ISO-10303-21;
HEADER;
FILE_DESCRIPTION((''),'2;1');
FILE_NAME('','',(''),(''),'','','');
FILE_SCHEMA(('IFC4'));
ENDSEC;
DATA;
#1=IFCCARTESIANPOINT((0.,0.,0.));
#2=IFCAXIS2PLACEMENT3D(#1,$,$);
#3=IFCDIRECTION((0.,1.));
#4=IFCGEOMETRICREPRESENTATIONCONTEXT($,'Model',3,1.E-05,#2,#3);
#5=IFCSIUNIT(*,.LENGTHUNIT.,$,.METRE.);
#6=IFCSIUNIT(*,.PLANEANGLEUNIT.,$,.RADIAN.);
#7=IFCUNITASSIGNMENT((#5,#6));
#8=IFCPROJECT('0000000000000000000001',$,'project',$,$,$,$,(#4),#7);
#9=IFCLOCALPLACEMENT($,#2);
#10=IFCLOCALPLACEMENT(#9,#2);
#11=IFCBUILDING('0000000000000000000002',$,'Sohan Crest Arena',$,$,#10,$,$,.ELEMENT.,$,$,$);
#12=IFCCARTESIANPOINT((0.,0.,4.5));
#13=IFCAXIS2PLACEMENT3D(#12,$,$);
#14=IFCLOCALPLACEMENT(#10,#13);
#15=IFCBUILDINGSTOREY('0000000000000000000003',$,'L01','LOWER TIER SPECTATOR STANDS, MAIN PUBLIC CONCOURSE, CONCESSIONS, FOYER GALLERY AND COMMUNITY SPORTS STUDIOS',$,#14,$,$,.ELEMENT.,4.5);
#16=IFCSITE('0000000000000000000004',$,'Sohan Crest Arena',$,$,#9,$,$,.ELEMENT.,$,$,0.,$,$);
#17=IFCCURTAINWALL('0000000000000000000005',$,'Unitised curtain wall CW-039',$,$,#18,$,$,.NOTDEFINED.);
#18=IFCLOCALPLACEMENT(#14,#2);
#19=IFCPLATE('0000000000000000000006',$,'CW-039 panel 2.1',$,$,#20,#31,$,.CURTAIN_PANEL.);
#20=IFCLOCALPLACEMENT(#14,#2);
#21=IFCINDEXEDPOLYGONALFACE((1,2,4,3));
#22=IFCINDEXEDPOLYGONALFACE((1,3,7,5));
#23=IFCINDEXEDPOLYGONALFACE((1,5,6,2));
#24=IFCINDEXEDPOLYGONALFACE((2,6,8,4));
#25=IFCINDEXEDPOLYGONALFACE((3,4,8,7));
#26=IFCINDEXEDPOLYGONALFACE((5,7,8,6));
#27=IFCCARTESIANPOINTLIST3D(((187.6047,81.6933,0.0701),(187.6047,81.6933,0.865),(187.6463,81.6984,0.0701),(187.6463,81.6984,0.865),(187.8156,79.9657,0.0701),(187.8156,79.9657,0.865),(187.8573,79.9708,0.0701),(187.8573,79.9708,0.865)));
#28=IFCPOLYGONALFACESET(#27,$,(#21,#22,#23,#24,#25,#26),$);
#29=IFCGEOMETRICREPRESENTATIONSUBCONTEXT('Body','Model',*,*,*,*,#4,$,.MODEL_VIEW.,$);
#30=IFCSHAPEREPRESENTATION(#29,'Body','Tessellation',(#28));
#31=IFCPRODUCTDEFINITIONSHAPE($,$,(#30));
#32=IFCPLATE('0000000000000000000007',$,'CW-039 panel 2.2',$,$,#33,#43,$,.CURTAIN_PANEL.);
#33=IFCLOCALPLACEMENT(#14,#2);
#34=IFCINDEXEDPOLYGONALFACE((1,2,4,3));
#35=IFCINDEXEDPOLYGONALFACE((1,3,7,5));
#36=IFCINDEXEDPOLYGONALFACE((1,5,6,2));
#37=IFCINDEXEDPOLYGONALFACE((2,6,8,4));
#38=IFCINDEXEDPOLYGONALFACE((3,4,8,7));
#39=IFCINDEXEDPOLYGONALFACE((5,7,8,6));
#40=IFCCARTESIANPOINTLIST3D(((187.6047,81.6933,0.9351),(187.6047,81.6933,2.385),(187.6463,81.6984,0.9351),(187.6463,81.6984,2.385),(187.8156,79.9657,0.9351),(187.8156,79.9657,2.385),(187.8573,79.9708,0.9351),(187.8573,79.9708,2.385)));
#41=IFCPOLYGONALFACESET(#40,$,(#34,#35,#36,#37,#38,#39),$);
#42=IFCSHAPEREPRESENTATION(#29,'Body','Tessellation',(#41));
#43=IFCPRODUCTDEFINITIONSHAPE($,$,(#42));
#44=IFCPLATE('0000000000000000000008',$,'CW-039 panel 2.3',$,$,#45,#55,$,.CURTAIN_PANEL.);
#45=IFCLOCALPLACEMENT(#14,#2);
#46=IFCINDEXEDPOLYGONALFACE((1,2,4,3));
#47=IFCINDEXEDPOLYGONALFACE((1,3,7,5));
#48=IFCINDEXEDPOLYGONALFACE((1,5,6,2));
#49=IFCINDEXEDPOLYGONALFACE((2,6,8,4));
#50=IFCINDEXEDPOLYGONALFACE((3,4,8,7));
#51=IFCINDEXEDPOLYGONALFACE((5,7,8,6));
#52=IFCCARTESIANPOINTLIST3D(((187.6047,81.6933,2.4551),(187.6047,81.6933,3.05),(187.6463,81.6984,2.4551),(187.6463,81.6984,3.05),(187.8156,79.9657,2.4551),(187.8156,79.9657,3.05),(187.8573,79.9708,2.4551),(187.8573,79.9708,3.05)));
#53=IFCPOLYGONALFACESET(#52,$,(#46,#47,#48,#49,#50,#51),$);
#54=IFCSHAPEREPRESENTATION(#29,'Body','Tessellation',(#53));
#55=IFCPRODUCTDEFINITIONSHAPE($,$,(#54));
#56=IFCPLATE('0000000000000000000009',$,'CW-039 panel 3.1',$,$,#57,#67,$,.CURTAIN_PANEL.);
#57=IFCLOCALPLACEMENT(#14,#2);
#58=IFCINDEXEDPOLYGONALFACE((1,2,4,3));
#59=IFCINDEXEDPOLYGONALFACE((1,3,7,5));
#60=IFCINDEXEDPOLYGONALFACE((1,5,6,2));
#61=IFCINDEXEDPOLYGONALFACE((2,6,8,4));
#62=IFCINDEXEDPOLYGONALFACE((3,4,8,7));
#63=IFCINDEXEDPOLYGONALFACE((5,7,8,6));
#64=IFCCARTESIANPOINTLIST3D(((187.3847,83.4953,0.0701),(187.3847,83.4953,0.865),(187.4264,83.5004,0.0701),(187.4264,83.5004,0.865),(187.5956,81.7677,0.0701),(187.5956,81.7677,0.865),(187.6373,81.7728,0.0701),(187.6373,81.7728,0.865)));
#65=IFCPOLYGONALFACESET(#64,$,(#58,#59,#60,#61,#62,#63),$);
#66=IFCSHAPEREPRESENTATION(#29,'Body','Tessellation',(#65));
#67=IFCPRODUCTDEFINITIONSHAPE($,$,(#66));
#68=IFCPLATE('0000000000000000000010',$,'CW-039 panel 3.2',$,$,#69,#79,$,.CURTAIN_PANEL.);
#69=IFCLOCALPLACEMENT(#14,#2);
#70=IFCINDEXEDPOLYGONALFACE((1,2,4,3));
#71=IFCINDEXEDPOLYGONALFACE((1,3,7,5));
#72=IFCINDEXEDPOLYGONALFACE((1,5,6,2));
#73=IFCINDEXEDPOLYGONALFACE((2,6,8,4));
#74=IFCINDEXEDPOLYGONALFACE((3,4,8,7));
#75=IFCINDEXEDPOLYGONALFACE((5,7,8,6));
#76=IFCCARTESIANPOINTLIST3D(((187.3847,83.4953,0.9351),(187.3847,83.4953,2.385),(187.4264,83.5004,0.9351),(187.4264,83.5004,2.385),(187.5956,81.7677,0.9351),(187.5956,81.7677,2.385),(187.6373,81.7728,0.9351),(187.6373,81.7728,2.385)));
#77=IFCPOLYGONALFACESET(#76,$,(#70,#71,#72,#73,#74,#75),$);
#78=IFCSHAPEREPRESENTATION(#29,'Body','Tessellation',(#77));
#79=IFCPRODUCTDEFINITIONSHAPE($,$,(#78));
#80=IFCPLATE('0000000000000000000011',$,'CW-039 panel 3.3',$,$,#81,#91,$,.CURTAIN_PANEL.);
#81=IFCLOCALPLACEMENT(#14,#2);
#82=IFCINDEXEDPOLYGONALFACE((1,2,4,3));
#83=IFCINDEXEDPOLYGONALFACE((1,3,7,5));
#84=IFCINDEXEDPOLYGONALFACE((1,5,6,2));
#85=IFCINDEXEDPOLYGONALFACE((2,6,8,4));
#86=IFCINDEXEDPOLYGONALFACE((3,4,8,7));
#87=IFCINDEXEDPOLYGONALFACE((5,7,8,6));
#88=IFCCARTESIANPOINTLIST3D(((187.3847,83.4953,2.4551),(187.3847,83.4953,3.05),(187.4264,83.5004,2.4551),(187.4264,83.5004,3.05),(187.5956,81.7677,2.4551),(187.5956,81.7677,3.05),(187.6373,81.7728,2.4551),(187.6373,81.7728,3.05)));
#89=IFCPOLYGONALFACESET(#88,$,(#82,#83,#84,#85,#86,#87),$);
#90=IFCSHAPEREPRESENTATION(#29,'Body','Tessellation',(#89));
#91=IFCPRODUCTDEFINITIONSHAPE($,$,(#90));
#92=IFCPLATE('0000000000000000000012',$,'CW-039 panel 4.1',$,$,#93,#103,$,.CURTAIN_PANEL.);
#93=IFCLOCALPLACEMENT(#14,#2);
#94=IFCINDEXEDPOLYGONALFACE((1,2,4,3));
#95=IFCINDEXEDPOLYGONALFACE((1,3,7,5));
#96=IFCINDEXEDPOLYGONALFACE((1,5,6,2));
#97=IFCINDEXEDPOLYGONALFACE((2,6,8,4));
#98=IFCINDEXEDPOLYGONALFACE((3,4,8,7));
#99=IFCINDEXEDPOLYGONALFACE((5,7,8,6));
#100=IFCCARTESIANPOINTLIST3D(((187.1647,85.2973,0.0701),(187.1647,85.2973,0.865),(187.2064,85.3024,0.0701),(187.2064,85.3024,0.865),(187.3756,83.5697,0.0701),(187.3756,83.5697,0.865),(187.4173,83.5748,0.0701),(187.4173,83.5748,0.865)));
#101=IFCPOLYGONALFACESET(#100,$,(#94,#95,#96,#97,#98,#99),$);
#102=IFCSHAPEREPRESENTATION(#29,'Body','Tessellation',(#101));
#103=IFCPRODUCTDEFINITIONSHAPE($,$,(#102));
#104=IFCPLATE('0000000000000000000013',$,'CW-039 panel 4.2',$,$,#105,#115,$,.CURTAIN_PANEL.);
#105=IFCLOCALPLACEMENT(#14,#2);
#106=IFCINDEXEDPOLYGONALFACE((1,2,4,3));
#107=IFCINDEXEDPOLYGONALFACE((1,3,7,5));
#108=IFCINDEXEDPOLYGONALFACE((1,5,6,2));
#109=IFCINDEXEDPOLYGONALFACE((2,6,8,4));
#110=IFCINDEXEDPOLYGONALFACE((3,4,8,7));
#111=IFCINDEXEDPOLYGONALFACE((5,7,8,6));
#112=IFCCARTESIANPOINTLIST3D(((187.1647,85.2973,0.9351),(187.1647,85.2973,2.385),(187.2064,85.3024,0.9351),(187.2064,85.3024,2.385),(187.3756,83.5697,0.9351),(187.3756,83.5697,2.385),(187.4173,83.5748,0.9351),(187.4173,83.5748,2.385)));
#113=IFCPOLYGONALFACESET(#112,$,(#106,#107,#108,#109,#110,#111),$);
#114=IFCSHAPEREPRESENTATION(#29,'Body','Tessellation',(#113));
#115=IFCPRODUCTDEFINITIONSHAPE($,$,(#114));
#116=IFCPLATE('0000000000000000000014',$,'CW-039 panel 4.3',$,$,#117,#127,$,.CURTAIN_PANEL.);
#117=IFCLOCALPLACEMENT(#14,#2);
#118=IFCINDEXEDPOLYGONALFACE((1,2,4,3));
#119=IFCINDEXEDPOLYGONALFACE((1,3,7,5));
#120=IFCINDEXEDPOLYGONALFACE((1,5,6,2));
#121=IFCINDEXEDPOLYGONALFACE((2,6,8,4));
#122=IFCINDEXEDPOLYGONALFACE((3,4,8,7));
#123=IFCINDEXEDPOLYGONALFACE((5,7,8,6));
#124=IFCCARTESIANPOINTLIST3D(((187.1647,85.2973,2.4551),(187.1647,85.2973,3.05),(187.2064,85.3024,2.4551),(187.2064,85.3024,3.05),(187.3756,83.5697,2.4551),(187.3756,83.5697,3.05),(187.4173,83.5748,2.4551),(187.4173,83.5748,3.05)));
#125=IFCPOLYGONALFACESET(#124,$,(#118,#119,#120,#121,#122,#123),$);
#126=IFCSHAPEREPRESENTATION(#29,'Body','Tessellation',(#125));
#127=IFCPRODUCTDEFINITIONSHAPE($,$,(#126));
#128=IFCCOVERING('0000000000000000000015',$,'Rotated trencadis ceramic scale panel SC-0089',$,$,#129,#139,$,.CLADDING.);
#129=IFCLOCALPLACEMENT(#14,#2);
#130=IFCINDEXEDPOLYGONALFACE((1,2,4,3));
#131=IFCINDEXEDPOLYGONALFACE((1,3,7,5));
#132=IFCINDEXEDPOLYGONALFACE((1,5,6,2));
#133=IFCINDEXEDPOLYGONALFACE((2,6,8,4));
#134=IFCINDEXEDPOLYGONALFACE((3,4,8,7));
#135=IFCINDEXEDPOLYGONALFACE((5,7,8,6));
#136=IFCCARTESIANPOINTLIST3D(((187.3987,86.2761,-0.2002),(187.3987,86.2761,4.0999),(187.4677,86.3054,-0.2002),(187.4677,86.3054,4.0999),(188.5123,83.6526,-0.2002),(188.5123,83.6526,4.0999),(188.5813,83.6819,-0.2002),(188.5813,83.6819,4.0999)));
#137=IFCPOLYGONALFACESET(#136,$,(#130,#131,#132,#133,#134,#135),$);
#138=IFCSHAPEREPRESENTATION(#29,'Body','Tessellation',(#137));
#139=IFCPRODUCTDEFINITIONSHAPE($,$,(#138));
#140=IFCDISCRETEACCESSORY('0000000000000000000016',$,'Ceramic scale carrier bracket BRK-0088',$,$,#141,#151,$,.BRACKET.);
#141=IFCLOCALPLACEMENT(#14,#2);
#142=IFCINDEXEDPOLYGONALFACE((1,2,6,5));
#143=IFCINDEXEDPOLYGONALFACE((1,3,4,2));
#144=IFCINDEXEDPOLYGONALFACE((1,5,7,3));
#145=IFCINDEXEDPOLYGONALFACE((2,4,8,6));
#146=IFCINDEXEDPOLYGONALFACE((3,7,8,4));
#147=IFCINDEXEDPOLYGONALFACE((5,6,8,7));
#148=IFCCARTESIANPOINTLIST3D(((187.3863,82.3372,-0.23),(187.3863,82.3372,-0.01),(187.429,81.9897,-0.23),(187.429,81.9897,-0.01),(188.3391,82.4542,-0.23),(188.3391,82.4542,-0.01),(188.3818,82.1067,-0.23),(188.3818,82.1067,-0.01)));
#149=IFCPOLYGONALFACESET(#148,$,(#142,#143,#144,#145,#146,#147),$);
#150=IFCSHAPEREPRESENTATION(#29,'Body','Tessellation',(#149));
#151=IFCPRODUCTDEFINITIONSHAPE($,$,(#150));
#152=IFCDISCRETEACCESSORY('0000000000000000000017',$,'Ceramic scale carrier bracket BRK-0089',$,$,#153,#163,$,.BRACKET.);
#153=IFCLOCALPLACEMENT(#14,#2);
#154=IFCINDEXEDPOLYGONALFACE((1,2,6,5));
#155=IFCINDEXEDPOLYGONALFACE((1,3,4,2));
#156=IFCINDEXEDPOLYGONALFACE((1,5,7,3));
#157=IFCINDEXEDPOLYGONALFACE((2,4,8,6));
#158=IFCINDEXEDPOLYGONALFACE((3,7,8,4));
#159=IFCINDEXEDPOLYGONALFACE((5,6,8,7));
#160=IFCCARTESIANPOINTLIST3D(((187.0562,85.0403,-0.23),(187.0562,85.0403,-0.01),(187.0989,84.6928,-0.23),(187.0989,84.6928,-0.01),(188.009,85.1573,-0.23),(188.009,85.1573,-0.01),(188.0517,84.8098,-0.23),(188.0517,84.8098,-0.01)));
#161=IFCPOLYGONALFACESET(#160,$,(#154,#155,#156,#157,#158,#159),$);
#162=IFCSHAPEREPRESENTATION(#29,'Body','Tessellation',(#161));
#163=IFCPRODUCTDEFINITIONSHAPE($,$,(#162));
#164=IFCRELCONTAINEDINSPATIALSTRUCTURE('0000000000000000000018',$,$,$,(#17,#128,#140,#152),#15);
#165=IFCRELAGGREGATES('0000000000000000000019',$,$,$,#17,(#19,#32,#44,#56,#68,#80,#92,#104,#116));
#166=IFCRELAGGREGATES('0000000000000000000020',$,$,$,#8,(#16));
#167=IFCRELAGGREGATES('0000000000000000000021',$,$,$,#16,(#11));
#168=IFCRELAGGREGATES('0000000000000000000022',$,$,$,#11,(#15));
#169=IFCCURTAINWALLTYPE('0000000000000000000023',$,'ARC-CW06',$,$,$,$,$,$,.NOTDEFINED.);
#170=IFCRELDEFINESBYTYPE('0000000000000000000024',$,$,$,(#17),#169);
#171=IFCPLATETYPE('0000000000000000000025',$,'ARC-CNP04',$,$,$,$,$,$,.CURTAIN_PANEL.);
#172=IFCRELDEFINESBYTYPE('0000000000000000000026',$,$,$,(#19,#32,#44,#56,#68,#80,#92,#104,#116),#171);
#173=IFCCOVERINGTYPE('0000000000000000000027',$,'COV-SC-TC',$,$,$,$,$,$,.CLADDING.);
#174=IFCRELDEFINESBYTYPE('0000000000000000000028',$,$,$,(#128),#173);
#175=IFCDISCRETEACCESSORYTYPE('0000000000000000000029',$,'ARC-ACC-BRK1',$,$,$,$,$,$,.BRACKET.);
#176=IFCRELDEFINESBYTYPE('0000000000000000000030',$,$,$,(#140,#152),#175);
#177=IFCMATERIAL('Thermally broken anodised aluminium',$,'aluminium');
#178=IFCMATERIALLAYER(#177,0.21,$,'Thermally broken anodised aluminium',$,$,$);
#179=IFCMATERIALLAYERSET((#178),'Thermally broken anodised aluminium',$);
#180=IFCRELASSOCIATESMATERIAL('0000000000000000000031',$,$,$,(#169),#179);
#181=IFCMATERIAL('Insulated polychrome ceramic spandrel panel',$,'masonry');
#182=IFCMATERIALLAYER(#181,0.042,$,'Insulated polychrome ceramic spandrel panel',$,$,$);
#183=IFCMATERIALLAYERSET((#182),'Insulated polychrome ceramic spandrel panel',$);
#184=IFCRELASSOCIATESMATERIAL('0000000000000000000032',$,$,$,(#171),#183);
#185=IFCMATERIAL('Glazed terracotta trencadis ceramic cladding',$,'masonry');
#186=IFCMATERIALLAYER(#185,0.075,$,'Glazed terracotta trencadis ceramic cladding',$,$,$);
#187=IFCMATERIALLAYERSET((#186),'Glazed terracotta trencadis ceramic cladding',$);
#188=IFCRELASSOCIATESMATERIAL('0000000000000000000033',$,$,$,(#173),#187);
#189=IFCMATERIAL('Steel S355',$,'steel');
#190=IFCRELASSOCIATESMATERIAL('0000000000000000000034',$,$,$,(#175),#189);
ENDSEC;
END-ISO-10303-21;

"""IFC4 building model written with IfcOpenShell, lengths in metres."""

from ifc_helpers import new_model, si_unit, direction, frame, origin, origin_2d, place, context, subcontext, project, spatial, rectangle, extrude, material, layer, layer_set, type_object, element, aggregate, save


model = new_model("IFC4")

# Units and contexts
model_context = context("Model", 3, precision=1e-05, world=origin(), true_north=direction((0.0, 1.0)))
body_context = subcontext(model_context, "Body", "Model", "MODEL_VIEW")
ifc_project = project(units=[si_unit("LENGTHUNIT", "METRE"), si_unit("PLANEANGLEUNIT", "RADIAN")], contexts=[model_context])

# Site, building, storey
site_placement = place(None, origin())
site = spatial("IfcSite", under=ifc_project, at=site_placement, Name="Sohan Crest Arena", CompositionType="ELEMENT", RefElevation=0.0)
building_placement = place(site_placement, origin())
building = spatial("IfcBuilding", under=site, at=building_placement, Name="Sohan Crest Arena", CompositionType="ELEMENT")
storey_placement = place(building_placement, frame((0.0, 0.0, 4.5)))
storey = spatial("IfcBuildingStorey", under=building, at=storey_placement, Name="L01", Description="LOWER TIER SPECTATOR STANDS, MAIN PUBLIC CONCOURSE, CONCESSIONS, FOYER GALLERY AND COMMUNITY SPORTS STUDIOS", CompositionType="ELEMENT", Elevation=4.5)

# Shared definitions
ifc_material_1 = material(Name="Steel S355", Category="steel")

# Curtain wall
ifc_material_2 = material(Name="Thermally broken anodised aluminium", Category="aluminium")
ifc_layer_1 = layer(ifc_material_2, 0.21, Name="Thermally broken anodised aluminium")
ifc_layer_set_1 = layer_set([ifc_layer_1], Name="Thermally broken anodised aluminium")
curtain_wall_type = type_object("IfcCurtainWallType", Name="ARC-CW06", PredefinedType="NOTDEFINED", material=ifc_layer_set_1)
curtain_wall_placement = place(storey_placement, origin())
curtain_wall = element("IfcCurtainWall", 1, at=curtain_wall_placement, inside=storey, type_object=curtain_wall_type, Name="Unitised curtain wall CW-039", PredefinedType="NOTDEFINED")

# Plates
ifc_material_3 = material(Name="Insulated polychrome ceramic spandrel panel", Category="masonry")
ifc_layer_2 = layer(ifc_material_3, 0.042, Name="Insulated polychrome ceramic spandrel panel")
ifc_layer_set_2 = layer_set([ifc_layer_2], Name="Insulated polychrome ceramic spandrel panel")
plate_type = type_object("IfcPlateType", Name="ARC-CNP04", PredefinedType="CURTAIN_PANEL", material=ifc_layer_set_2)
plate_1_placement = place(storey_placement, frame((187.731, 80.832, 0.0701), z_axis=(0.0, 0.0, 1.0), x_axis=(-0.121187, 0.99263, 0.0)))
plate_1 = element("IfcPlate", 2, at=plate_1_placement, type_object=plate_type, Name="CW-039 panel 2.1", PredefinedType="CURTAIN_PANEL", context=body_context, shape_type="SweptSolid", body=[
    extrude(rectangle(XDim=1.7405, YDim=0.042, at=origin_2d()), origin(), (0.0, 0.0, 1.0), 0.7949),
])
plate_2_placement = place(storey_placement, frame((187.731, 80.832, 0.9351), z_axis=(0.0, 0.0, 1.0), x_axis=(-0.121187, 0.99263, 0.0)))
plate_2 = element("IfcPlate", 3, at=plate_2_placement, type_object=plate_type, Name="CW-039 panel 2.2", PredefinedType="CURTAIN_PANEL", context=body_context, shape_type="SweptSolid", body=[
    extrude(rectangle(XDim=1.7405, YDim=0.042, at=origin_2d()), origin(), (0.0, 0.0, 1.0), 1.45),
])
plate_3_placement = place(storey_placement, frame((187.731, 80.832, 2.4551), z_axis=(0.0, 0.0, 1.0), x_axis=(-0.121187, 0.99263, 0.0)))
plate_3 = element("IfcPlate", 4, at=plate_3_placement, type_object=plate_type, Name="CW-039 panel 2.3", PredefinedType="CURTAIN_PANEL", context=body_context, shape_type="SweptSolid", body=[
    extrude(rectangle(XDim=1.7405, YDim=0.042, at=origin_2d()), origin(), (0.0, 0.0, 1.0), 0.595),
])
plate_4_placement = place(storey_placement, frame((187.511, 82.634, 0.0701), z_axis=(0.0, 0.0, 1.0), x_axis=(-0.121187, 0.99263, 0.0)))
plate_4 = element("IfcPlate", 5, at=plate_4_placement, type_object=plate_type, Name="CW-039 panel 3.1", PredefinedType="CURTAIN_PANEL", context=body_context, shape_type="SweptSolid", body=[
    extrude(rectangle(XDim=1.7405, YDim=0.042, at=origin_2d()), origin(), (0.0, 0.0, 1.0), 0.7949),
])
plate_5_placement = place(storey_placement, frame((187.511, 82.634, 0.9351), z_axis=(0.0, 0.0, 1.0), x_axis=(-0.121187, 0.99263, 0.0)))
plate_5 = element("IfcPlate", 6, at=plate_5_placement, type_object=plate_type, Name="CW-039 panel 3.2", PredefinedType="CURTAIN_PANEL", context=body_context, shape_type="SweptSolid", body=[
    extrude(rectangle(XDim=1.7405, YDim=0.042, at=origin_2d()), origin(), (0.0, 0.0, 1.0), 1.45),
])
plate_6_placement = place(storey_placement, frame((187.511, 82.634, 2.4551), z_axis=(0.0, 0.0, 1.0), x_axis=(-0.121187, 0.99263, 0.0)))
plate_6 = element("IfcPlate", 7, at=plate_6_placement, type_object=plate_type, Name="CW-039 panel 3.3", PredefinedType="CURTAIN_PANEL", context=body_context, shape_type="SweptSolid", body=[
    extrude(rectangle(XDim=1.7405, YDim=0.042, at=origin_2d()), origin(), (0.0, 0.0, 1.0), 0.595),
])
plate_7_placement = place(storey_placement, frame((187.291, 84.436, 0.0701), z_axis=(0.0, 0.0, 1.0), x_axis=(-0.121187, 0.99263, 0.0)))
plate_7 = element("IfcPlate", 8, at=plate_7_placement, type_object=plate_type, Name="CW-039 panel 4.1", PredefinedType="CURTAIN_PANEL", context=body_context, shape_type="SweptSolid", body=[
    extrude(rectangle(XDim=1.7405, YDim=0.042, at=origin_2d()), origin(), (0.0, 0.0, 1.0), 0.7949),
])
plate_8_placement = place(storey_placement, frame((187.291, 84.436, 0.9351), z_axis=(0.0, 0.0, 1.0), x_axis=(-0.121187, 0.99263, 0.0)))
plate_8 = element("IfcPlate", 9, at=plate_8_placement, type_object=plate_type, Name="CW-039 panel 4.2", PredefinedType="CURTAIN_PANEL", context=body_context, shape_type="SweptSolid", body=[
    extrude(rectangle(XDim=1.7405, YDim=0.042, at=origin_2d()), origin(), (0.0, 0.0, 1.0), 1.45),
])
plate_9_placement = place(storey_placement, frame((187.291, 84.436, 2.4551), z_axis=(0.0, 0.0, 1.0), x_axis=(-0.121187, 0.99263, 0.0)))
plate_9 = element("IfcPlate", 10, at=plate_9_placement, type_object=plate_type, Name="CW-039 panel 4.3", PredefinedType="CURTAIN_PANEL", context=body_context, shape_type="SweptSolid", body=[
    extrude(rectangle(XDim=1.7405, YDim=0.042, at=origin_2d()), origin(), (0.0, 0.0, 1.0), 0.595),
])
aggregate(curtain_wall, [plate_1, plate_2, plate_3, plate_4, plate_5, plate_6, plate_7, plate_8, plate_9])

# Covering
ifc_material_4 = material(Name="Glazed terracotta trencadis ceramic cladding", Category="masonry")
ifc_layer_3 = layer(ifc_material_4, 0.075, Name="Glazed terracotta trencadis ceramic cladding")
ifc_layer_set_3 = layer_set([ifc_layer_3], Name="Glazed terracotta trencadis ceramic cladding")
covering_type = type_object("IfcCoveringType", Name="COV-SC-TC", PredefinedType="CLADDING", material=ifc_layer_set_3)
covering_placement = place(storey_placement, frame((187.99, 84.979, -0.2002), z_axis=(0.0, 0.0, 1.0), x_axis=(-0.390731, 0.920505, 0.0)))
element("IfcCovering", 11, at=covering_placement, inside=storey, type_object=covering_type, Name="Rotated trencadis ceramic scale panel SC-0089", PredefinedType="CLADDING", context=body_context, shape_type="SweptSolid", body=[
    extrude(rectangle(XDim=2.8501, YDim=0.075, at=origin_2d()), origin(), (0.0, 0.0, 1.0), 4.3),
])

# Discrete accessories
discrete_accessory_type = type_object("IfcDiscreteAccessoryType", Name="ARC-ACC-BRK1", PredefinedType="BRACKET", material=ifc_material_1)
for number, where, z_axis, x_axis, name in (
    (12, (187.884, 82.2219, -0.23), (0.0, 0.0, 1.0), (-0.121869, 0.992546, 0.0), "Ceramic scale carrier bracket BRK-0088"),
    (13, (187.554, 84.925, -0.23), (0.0, 0.0, 1.0), (-0.121869, 0.992546, 0.0), "Ceramic scale carrier bracket BRK-0089"),
):
    element("IfcDiscreteAccessory", number, at=place(storey_placement, frame(where, z_axis=z_axis, x_axis=x_axis)), inside=storey, type_object=discrete_accessory_type, Name=name, PredefinedType="BRACKET", context=body_context, shape_type="SweptSolid", body=[
        extrude(rectangle(XDim=0.3501, YDim=0.96, at=origin_2d()), origin(), (0.0, 0.0, 1.0), 0.22),
    ])

save(model, "model.ifc")
